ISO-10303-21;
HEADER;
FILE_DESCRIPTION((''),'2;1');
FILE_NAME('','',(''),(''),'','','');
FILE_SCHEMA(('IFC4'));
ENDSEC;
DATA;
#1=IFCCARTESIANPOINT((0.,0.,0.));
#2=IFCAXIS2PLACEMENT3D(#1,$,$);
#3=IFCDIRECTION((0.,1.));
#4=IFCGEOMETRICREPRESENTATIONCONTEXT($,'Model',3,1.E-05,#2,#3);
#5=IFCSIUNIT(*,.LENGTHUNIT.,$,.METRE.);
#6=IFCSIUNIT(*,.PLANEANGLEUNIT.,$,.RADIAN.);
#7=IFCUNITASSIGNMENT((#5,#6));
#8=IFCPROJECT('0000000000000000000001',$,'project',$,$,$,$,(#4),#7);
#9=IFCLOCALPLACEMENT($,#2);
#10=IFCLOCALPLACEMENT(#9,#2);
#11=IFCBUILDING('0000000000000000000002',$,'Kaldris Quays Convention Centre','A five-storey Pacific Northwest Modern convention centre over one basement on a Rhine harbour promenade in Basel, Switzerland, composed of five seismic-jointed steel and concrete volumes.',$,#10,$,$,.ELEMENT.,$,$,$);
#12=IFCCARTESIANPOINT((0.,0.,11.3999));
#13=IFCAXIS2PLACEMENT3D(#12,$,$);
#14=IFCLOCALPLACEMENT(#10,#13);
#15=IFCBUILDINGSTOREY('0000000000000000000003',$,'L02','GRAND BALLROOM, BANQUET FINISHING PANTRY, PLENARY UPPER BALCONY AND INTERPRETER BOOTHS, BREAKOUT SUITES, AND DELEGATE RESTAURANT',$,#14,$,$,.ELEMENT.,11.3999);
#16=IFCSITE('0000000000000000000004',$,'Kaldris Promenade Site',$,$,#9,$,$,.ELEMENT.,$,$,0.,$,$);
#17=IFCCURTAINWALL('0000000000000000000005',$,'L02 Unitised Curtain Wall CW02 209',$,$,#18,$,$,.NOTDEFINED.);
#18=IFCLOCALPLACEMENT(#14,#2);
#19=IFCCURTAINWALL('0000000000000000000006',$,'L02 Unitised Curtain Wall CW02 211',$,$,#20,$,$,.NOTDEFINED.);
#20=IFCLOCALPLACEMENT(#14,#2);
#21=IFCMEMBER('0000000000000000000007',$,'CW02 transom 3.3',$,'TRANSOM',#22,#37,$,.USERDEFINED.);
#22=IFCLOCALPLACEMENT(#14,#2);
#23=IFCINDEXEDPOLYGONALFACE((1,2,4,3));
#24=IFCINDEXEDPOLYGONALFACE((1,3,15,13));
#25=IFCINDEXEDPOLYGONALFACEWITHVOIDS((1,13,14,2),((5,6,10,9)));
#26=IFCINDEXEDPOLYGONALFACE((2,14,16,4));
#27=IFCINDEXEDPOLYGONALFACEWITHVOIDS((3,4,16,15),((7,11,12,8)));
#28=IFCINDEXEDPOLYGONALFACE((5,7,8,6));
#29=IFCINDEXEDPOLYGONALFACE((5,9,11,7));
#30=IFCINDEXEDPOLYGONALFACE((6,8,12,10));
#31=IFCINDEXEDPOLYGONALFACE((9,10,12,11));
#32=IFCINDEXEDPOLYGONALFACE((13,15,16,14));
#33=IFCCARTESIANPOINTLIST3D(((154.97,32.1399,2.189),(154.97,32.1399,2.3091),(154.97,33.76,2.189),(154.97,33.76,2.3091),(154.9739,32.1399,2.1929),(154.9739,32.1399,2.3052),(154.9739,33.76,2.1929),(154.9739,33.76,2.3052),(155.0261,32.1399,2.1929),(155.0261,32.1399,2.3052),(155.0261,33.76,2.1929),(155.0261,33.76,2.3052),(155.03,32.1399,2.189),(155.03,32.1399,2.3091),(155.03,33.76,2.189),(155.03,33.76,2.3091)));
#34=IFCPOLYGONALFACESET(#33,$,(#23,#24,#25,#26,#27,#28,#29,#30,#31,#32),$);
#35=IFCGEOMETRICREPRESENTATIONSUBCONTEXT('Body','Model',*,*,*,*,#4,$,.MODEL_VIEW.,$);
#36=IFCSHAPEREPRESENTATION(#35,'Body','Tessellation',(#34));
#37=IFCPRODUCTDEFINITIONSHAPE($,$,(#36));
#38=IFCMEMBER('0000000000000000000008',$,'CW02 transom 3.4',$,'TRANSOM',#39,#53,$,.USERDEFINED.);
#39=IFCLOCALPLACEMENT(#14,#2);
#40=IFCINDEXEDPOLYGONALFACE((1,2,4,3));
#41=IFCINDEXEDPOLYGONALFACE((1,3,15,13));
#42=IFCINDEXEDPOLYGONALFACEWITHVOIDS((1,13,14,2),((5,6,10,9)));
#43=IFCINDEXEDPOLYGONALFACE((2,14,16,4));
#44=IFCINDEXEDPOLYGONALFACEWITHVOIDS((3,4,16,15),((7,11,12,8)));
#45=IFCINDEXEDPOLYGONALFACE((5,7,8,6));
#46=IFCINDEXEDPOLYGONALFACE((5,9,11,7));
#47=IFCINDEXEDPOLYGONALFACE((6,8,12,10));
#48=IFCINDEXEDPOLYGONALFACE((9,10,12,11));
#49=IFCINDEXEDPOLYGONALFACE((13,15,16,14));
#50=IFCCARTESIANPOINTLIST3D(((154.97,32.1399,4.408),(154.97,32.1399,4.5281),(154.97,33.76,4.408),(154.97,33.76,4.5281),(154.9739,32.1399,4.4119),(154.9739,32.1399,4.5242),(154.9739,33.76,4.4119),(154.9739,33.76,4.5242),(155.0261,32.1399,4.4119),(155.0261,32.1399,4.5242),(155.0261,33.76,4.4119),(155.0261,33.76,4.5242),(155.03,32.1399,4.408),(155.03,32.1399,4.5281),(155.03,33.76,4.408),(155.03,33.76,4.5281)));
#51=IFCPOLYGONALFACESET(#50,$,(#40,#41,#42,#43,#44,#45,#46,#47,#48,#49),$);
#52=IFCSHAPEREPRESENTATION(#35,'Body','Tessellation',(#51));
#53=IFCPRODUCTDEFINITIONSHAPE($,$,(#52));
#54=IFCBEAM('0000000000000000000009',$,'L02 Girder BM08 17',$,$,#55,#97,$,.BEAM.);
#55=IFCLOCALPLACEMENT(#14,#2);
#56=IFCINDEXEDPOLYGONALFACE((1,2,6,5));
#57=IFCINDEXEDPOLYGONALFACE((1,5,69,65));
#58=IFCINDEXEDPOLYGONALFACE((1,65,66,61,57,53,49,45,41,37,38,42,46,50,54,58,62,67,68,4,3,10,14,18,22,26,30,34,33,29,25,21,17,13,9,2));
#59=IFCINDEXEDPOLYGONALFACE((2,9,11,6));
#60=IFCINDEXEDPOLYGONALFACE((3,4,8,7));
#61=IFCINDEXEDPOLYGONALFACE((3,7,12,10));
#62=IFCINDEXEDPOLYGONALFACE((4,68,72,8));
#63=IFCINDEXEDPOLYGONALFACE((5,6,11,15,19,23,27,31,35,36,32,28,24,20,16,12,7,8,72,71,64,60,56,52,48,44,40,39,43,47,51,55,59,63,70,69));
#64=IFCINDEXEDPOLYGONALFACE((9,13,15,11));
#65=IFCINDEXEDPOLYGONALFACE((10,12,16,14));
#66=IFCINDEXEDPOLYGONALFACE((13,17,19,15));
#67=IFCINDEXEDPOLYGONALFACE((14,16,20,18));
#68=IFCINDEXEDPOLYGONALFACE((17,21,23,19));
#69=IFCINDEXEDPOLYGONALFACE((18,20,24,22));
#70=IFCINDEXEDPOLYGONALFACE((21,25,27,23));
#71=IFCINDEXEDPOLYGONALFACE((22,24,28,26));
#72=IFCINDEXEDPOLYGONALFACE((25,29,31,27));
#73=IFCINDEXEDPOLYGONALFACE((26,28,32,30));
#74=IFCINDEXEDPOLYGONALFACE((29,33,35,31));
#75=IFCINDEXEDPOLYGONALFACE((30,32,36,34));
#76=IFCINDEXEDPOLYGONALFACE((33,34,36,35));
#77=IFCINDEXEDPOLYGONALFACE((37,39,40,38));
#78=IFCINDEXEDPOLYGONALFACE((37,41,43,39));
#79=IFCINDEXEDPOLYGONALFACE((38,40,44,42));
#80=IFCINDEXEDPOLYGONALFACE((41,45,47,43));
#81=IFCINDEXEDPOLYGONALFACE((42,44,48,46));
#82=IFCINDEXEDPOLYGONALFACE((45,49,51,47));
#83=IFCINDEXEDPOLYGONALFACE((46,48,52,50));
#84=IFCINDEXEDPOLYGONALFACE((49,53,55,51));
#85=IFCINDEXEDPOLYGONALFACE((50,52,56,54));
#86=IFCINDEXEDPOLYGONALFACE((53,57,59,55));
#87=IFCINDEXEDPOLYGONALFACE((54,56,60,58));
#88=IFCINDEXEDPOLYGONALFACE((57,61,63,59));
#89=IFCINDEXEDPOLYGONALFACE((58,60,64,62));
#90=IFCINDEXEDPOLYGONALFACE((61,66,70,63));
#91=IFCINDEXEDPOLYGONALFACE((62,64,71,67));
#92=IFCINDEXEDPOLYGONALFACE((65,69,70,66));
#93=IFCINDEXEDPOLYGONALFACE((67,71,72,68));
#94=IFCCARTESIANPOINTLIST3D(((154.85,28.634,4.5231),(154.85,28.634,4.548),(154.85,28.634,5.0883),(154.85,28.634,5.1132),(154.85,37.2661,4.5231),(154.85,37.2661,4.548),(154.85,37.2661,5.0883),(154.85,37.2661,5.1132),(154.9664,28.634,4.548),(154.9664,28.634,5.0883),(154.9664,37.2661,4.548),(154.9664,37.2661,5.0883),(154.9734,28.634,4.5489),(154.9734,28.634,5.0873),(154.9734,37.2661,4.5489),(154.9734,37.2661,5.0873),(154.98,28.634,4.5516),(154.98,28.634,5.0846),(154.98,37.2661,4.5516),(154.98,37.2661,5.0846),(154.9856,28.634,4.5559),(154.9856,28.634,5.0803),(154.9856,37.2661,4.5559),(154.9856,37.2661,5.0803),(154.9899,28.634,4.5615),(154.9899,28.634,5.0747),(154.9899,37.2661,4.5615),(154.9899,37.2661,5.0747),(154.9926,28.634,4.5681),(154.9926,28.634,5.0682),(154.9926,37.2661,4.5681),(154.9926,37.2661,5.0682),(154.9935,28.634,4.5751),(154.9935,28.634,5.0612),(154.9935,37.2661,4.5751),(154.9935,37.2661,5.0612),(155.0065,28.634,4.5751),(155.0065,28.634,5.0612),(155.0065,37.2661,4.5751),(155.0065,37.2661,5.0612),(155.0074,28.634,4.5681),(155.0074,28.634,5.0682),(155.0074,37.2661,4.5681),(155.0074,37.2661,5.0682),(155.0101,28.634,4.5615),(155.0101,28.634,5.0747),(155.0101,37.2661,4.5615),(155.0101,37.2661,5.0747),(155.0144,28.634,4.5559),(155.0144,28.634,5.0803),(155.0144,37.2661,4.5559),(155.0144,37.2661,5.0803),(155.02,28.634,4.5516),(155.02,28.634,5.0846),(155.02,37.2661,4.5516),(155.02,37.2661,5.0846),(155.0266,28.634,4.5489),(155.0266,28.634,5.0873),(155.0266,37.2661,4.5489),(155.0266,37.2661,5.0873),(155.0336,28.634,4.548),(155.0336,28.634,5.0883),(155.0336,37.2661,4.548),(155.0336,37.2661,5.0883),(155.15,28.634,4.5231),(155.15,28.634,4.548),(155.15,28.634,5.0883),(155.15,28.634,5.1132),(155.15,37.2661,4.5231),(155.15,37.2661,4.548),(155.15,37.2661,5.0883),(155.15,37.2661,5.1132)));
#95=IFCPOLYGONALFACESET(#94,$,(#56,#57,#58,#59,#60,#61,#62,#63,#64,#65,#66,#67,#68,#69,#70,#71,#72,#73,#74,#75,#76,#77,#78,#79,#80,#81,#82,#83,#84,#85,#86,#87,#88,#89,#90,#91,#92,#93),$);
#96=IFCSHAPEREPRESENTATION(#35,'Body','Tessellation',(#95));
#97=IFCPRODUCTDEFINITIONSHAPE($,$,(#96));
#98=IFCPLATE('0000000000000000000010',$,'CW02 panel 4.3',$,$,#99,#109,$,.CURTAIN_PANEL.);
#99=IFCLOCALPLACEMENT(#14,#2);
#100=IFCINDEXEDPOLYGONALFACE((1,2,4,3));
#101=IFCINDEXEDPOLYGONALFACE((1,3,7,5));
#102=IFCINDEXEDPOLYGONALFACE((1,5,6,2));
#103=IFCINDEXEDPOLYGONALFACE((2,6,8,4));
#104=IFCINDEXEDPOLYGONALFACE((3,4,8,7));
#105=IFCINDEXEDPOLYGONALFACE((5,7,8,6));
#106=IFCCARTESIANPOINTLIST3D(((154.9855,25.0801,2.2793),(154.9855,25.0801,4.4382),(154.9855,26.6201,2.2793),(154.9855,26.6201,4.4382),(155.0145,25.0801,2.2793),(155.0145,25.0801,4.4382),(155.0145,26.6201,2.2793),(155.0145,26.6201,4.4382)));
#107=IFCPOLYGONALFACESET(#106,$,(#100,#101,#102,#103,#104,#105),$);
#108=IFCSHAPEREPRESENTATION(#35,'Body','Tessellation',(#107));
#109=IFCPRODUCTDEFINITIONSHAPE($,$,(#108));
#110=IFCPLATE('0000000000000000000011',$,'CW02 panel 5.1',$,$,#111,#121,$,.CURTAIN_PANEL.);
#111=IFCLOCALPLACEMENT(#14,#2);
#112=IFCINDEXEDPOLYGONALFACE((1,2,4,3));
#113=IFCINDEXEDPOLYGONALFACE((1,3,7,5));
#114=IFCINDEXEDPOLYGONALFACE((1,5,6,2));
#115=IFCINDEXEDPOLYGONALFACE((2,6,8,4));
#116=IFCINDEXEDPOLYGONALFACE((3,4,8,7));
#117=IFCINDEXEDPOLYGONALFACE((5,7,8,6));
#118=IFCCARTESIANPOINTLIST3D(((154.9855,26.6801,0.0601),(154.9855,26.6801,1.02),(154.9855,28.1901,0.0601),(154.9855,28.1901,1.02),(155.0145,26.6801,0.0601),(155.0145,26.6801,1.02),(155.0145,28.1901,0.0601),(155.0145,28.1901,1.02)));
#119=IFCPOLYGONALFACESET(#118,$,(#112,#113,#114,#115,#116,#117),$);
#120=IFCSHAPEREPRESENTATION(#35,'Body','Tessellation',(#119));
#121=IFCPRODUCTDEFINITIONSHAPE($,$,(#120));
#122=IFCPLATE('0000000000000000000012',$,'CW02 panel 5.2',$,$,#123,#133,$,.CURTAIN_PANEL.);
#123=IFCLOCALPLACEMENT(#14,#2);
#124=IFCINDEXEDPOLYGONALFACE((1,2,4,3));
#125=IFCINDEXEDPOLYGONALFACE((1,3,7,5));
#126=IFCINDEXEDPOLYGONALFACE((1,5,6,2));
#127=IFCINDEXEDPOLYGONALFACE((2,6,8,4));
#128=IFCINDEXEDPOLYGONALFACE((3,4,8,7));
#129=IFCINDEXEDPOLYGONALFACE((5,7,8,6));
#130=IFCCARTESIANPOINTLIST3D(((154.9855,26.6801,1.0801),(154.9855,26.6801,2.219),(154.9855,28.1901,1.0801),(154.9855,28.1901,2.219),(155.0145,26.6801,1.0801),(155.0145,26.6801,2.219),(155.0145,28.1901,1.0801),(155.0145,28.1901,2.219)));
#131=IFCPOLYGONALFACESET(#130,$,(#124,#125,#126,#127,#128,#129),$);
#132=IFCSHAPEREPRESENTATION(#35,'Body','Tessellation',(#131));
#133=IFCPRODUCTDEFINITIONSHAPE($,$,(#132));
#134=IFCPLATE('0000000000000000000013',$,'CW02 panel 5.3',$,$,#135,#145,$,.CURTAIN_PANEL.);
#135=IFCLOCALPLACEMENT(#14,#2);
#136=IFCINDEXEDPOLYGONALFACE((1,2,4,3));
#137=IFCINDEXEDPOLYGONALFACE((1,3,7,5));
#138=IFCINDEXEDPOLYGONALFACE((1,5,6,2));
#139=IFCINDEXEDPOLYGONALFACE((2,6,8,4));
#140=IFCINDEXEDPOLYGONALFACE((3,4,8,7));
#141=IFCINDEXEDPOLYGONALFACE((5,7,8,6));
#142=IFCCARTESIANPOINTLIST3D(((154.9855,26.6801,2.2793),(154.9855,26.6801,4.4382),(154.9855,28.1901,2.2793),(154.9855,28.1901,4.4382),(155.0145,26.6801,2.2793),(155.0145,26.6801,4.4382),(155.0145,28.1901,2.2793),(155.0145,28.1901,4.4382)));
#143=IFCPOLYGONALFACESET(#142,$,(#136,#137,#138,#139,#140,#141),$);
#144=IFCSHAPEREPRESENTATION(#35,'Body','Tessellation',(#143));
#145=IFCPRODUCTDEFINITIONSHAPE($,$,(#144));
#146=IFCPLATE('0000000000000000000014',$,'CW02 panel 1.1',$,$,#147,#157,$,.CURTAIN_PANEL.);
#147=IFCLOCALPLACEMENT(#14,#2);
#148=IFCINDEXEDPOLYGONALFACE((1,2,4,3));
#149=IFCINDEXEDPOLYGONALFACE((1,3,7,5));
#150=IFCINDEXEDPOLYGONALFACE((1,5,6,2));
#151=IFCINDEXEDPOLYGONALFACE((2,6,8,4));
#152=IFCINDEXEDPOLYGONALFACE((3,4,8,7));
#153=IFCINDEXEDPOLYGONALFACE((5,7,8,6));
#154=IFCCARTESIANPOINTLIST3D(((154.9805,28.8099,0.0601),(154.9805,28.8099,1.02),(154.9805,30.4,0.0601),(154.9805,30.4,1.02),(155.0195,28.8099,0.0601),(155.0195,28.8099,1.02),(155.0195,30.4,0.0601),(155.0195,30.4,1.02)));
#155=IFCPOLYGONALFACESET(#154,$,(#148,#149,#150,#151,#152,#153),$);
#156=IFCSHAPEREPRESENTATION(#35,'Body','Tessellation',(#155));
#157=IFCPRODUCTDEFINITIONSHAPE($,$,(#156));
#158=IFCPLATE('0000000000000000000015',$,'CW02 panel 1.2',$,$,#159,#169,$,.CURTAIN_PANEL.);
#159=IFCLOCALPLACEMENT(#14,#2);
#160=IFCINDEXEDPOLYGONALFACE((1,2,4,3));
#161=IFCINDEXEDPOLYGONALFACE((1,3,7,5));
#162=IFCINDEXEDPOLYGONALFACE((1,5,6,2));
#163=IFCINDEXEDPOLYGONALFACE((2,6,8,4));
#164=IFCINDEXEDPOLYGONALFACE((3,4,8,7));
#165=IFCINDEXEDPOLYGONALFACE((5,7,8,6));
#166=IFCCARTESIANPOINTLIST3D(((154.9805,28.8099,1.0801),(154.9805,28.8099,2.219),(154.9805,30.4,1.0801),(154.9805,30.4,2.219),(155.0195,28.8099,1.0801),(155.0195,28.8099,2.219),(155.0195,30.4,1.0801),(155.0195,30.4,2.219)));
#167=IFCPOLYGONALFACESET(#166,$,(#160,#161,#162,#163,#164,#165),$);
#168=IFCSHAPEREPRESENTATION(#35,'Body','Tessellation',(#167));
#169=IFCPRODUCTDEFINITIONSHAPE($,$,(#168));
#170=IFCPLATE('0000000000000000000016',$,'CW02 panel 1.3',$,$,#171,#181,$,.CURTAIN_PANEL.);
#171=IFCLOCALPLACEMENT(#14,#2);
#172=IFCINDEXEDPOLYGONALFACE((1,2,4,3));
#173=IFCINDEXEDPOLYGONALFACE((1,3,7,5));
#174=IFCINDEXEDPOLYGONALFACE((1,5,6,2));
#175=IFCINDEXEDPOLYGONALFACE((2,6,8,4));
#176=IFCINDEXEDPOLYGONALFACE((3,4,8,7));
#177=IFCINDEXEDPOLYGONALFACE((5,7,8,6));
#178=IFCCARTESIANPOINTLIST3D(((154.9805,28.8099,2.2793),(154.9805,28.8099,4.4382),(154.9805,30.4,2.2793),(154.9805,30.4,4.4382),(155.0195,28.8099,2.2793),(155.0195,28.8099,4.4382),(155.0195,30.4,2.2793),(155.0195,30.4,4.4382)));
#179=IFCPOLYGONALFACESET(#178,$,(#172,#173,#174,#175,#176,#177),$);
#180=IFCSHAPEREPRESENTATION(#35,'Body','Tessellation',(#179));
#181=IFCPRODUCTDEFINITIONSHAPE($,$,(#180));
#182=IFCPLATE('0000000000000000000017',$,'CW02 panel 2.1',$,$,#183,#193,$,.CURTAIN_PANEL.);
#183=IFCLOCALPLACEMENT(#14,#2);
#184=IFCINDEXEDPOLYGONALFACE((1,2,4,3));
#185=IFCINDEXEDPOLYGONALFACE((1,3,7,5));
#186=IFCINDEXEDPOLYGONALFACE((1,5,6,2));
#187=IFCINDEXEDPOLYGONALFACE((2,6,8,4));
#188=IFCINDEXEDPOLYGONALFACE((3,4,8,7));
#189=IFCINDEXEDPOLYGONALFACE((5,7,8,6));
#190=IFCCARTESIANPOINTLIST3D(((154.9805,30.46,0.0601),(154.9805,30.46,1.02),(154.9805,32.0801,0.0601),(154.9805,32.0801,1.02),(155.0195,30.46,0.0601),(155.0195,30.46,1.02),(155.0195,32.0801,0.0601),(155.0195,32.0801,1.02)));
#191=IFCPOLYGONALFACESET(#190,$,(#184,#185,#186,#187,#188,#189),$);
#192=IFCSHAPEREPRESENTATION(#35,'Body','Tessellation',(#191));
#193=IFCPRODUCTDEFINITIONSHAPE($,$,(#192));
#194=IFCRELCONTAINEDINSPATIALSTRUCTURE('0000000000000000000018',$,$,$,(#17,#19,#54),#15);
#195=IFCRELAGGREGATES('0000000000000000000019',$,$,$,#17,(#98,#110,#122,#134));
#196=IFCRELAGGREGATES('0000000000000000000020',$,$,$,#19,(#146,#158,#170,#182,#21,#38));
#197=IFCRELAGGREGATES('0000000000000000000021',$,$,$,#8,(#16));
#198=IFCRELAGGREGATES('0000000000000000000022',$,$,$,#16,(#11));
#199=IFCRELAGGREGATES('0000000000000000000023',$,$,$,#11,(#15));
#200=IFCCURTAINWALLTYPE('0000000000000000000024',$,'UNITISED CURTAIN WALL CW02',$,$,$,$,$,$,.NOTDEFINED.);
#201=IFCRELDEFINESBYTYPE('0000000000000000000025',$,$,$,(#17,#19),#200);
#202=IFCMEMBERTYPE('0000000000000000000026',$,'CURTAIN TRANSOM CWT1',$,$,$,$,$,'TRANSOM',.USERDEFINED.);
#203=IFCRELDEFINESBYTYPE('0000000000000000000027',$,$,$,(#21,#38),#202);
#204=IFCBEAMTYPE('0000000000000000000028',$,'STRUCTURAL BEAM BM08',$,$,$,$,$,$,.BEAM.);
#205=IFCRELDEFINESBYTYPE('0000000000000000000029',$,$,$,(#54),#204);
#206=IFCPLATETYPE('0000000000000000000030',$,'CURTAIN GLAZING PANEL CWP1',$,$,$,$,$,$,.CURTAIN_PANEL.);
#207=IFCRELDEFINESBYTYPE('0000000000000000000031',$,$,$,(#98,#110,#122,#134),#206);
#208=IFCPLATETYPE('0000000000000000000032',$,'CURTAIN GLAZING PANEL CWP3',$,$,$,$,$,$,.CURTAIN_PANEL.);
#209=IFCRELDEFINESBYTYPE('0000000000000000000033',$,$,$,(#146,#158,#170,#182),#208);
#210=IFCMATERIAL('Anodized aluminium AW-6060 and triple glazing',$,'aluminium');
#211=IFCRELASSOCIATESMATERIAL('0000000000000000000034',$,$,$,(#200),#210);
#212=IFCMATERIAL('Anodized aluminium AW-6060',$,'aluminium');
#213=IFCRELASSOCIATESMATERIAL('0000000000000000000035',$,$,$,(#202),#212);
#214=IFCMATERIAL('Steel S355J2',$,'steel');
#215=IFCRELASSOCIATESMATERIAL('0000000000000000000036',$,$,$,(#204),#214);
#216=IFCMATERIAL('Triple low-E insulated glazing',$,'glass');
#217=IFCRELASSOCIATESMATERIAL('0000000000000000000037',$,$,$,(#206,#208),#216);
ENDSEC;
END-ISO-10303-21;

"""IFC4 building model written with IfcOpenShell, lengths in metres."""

from ifc_helpers import new_model, si_unit, direction, frame, origin, origin_2d, place, context, subcontext, project, spatial, rectangle, hollow_rectangle, i_section, extrude, material, material_profile, profile_set, type_object, element, aggregate, save


model = new_model("IFC4")

# Units and contexts
model_context = context("Model", 3, precision=1e-05, world=origin(), true_north=direction((0.0, 1.0)))
body_context = subcontext(model_context, "Body", "Model", "MODEL_VIEW")
ifc_project = project(units=[si_unit("LENGTHUNIT", "METRE"), si_unit("PLANEANGLEUNIT", "RADIAN")], contexts=[model_context])

# Site, building, storey
site_placement = place(None, origin())
site = spatial("IfcSite", under=ifc_project, at=site_placement, Name="Kaldris Promenade Site", CompositionType="ELEMENT", RefElevation=0.0)
building_placement = place(site_placement, origin())
building = spatial("IfcBuilding", under=site, at=building_placement, Name="Kaldris Quays Convention Centre", Description="A five-storey Pacific Northwest Modern convention centre over one basement on a Rhine harbour promenade in Basel, Switzerland, composed of five seismic-jointed steel and concrete volumes.", CompositionType="ELEMENT")
storey_placement = place(building_placement, frame((0.0, 0.0, 11.3999)))
storey = spatial("IfcBuildingStorey", under=building, at=storey_placement, Name="L02", Description="GRAND BALLROOM, BANQUET FINISHING PANTRY, PLENARY UPPER BALCONY AND INTERPRETER BOOTHS, BREAKOUT SUITES, AND DELEGATE RESTAURANT", CompositionType="ELEMENT", Elevation=11.3999)

# Shared definitions
ifc_material_1 = material(Name="Steel S355J2", Category="steel")

# Curtain walls
ifc_material_2 = material(Name="Anodized aluminium AW-6060 and triple glazing", Category="aluminium")
curtain_wall_type = type_object("IfcCurtainWallType", Name="UNITISED CURTAIN WALL CW02", PredefinedType="NOTDEFINED", material=ifc_material_2)
curtain_wall_1_placement = place(storey_placement, origin())
curtain_wall_1 = element("IfcCurtainWall", 1, at=curtain_wall_1_placement, inside=storey, type_object=curtain_wall_type, Name="L02 Unitised Curtain Wall CW02 209", PredefinedType="NOTDEFINED")
ifc_material_3 = material(Name="Anodized aluminium AW-6060", Category="aluminium")
curtain_wall_2_placement = place(storey_placement, origin())
curtain_wall_2 = element("IfcCurtainWall", 2, at=curtain_wall_2_placement, inside=storey, type_object=curtain_wall_type, Name="L02 Unitised Curtain Wall CW02 211", PredefinedType="NOTDEFINED")

# Members
ifc_material_profile_1 = material_profile(ifc_material_3, hollow_rectangle(XDim=0.0601, YDim=0.1201, WallThickness=0.0039, at=origin_2d()), Name="RHS 120x60x4")
ifc_profile_set_1 = profile_set([ifc_material_profile_1], Name="Anodized aluminium AW-6060")
member_type_1 = type_object("IfcMemberType", Name="CURTAIN TRANSOM CWT1", ElementType="TRANSOM", PredefinedType="USERDEFINED", material=ifc_profile_set_1)
member_1_placement = place(storey_placement, frame((155.0, 32.1399, 2.249), z_axis=(0.0, 1.0, 0.0), x_axis=(-1.0, 0.0, 0.0)))
member_1 = element("IfcMember", 3, at=member_1_placement, type_object=member_type_1, Name="CW02 transom 3.3", ObjectType="TRANSOM", PredefinedType="USERDEFINED", context=body_context, shape_type="SweptSolid", body=[
    extrude(hollow_rectangle(XDim=0.0601, YDim=0.1201, WallThickness=0.0039, at=origin_2d()), origin(), (0.0, 0.0, 1.0), 1.6201),
])
member_2_placement = place(storey_placement, frame((155.0, 32.1399, 4.468), z_axis=(0.0, 1.0, 0.0), x_axis=(-1.0, 0.0, 0.0)))
member_2 = element("IfcMember", 4, at=member_2_placement, type_object=member_type_1, Name="CW02 transom 3.4", ObjectType="TRANSOM", PredefinedType="USERDEFINED", context=body_context, shape_type="SweptSolid", body=[
    extrude(hollow_rectangle(XDim=0.0601, YDim=0.1201, WallThickness=0.0039, at=origin_2d()), origin(), (0.0, 0.0, 1.0), 1.6201),
])

# Beam
ifc_material_profile_2 = material_profile(ifc_material_1, i_section(OverallWidth=0.3, OverallDepth=0.5901, WebThickness=0.0129, FlangeThickness=0.0249, FilletRadius=0.0271, at=origin_2d()), Name="HEA 600")
ifc_profile_set_2 = profile_set([ifc_material_profile_2], Name="Steel S355J2")
beam_type = type_object("IfcBeamType", Name="STRUCTURAL BEAM BM08", PredefinedType="BEAM", material=ifc_profile_set_2)
beam_placement = place(storey_placement, frame((155.0, 28.634, 4.8181), z_axis=(0.0, 1.0, 0.0), x_axis=(-1.0, 0.0, 0.0)))
element("IfcBeam", 5, at=beam_placement, inside=storey, type_object=beam_type, Name="L02 Girder BM08 17", PredefinedType="BEAM", context=body_context, shape_type="SweptSolid", body=[
    extrude(i_section(OverallWidth=0.3, OverallDepth=0.5901, WebThickness=0.0129, FlangeThickness=0.0249, FilletRadius=0.0271, at=origin_2d()), origin(), (0.0, 0.0, 1.0), 8.6321),
])

# Plates
ifc_material_4 = material(Name="Triple low-E insulated glazing", Category="glass")
plate_type_1 = type_object("IfcPlateType", Name="CURTAIN GLAZING PANEL CWP1", PredefinedType="CURTAIN_PANEL", material=ifc_material_4)
plate_1_placement = place(storey_placement, frame((155.0, 25.8501, 2.2793), z_axis=(0.0, 0.0, 1.0), x_axis=(0.0, 1.0, 0.0)))
plate_1 = element("IfcPlate", 6, at=plate_1_placement, type_object=plate_type_1, Name="CW02 panel 4.3", PredefinedType="CURTAIN_PANEL", context=body_context, shape_type="SweptSolid", body=[
    extrude(rectangle(XDim=1.54, YDim=0.0291, at=origin_2d()), origin(), (0.0, 0.0, 1.0), 2.1589),
])
plate_2_placement = place(storey_placement, frame((155.0, 27.4351, 0.0601), z_axis=(0.0, 0.0, 1.0), x_axis=(0.0, 1.0, 0.0)))
plate_2 = element("IfcPlate", 7, at=plate_2_placement, type_object=plate_type_1, Name="CW02 panel 5.1", PredefinedType="CURTAIN_PANEL", context=body_context, shape_type="SweptSolid", body=[
    extrude(rectangle(XDim=1.51, YDim=0.0291, at=origin_2d()), origin(), (0.0, 0.0, 1.0), 0.96),
])
plate_3_placement = place(storey_placement, frame((155.0, 27.4351, 1.0801), z_axis=(0.0, 0.0, 1.0), x_axis=(0.0, 1.0, 0.0)))
plate_3 = element("IfcPlate", 8, at=plate_3_placement, type_object=plate_type_1, Name="CW02 panel 5.2", PredefinedType="CURTAIN_PANEL", context=body_context, shape_type="SweptSolid", body=[
    extrude(rectangle(XDim=1.51, YDim=0.0291, at=origin_2d()), origin(), (0.0, 0.0, 1.0), 1.1389),
])
plate_4_placement = place(storey_placement, frame((155.0, 27.4351, 2.2793), z_axis=(0.0, 0.0, 1.0), x_axis=(0.0, 1.0, 0.0)))
plate_4 = element("IfcPlate", 9, at=plate_4_placement, type_object=plate_type_1, Name="CW02 panel 5.3", PredefinedType="CURTAIN_PANEL", context=body_context, shape_type="SweptSolid", body=[
    extrude(rectangle(XDim=1.51, YDim=0.0291, at=origin_2d()), origin(), (0.0, 0.0, 1.0), 2.1589),
])
aggregate(curtain_wall_1, [plate_1, plate_2, plate_3, plate_4])
plate_type_2 = type_object("IfcPlateType", Name="CURTAIN GLAZING PANEL CWP3", PredefinedType="CURTAIN_PANEL", material=ifc_material_4)
plate_5_placement = place(storey_placement, frame((155.0, 29.605, 0.0601), z_axis=(0.0, 0.0, 1.0), x_axis=(0.0, 1.0, 0.0)))
plate_5 = element("IfcPlate", 10, at=plate_5_placement, type_object=plate_type_2, Name="CW02 panel 1.1", PredefinedType="CURTAIN_PANEL", context=body_context, shape_type="SweptSolid", body=[
    extrude(rectangle(XDim=1.5901, YDim=0.0391, at=origin_2d()), origin(), (0.0, 0.0, 1.0), 0.96),
])
plate_6_placement = place(storey_placement, frame((155.0, 29.605, 1.0801), z_axis=(0.0, 0.0, 1.0), x_axis=(0.0, 1.0, 0.0)))
plate_6 = element("IfcPlate", 11, at=plate_6_placement, type_object=plate_type_2, Name="CW02 panel 1.2", PredefinedType="CURTAIN_PANEL", context=body_context, shape_type="SweptSolid", body=[
    extrude(rectangle(XDim=1.5901, YDim=0.0391, at=origin_2d()), origin(), (0.0, 0.0, 1.0), 1.1389),
])
plate_7_placement = place(storey_placement, frame((155.0, 29.605, 2.2793), z_axis=(0.0, 0.0, 1.0), x_axis=(0.0, 1.0, 0.0)))
plate_7 = element("IfcPlate", 12, at=plate_7_placement, type_object=plate_type_2, Name="CW02 panel 1.3", PredefinedType="CURTAIN_PANEL", context=body_context, shape_type="SweptSolid", body=[
    extrude(rectangle(XDim=1.5901, YDim=0.0391, at=origin_2d()), origin(), (0.0, 0.0, 1.0), 2.1589),
])
plate_8_placement = place(storey_placement, frame((155.0, 31.27, 0.0601), z_axis=(0.0, 0.0, 1.0), x_axis=(0.0, 1.0, 0.0)))
plate_8 = element("IfcPlate", 13, at=plate_8_placement, type_object=plate_type_2, Name="CW02 panel 2.1", PredefinedType="CURTAIN_PANEL", context=body_context, shape_type="SweptSolid", body=[
    extrude(rectangle(XDim=1.6201, YDim=0.0391, at=origin_2d()), origin(), (0.0, 0.0, 1.0), 0.96),
])
aggregate(curtain_wall_2, [plate_5, plate_6, plate_7, plate_8, member_1, member_2])

save(model, "model.ifc")
